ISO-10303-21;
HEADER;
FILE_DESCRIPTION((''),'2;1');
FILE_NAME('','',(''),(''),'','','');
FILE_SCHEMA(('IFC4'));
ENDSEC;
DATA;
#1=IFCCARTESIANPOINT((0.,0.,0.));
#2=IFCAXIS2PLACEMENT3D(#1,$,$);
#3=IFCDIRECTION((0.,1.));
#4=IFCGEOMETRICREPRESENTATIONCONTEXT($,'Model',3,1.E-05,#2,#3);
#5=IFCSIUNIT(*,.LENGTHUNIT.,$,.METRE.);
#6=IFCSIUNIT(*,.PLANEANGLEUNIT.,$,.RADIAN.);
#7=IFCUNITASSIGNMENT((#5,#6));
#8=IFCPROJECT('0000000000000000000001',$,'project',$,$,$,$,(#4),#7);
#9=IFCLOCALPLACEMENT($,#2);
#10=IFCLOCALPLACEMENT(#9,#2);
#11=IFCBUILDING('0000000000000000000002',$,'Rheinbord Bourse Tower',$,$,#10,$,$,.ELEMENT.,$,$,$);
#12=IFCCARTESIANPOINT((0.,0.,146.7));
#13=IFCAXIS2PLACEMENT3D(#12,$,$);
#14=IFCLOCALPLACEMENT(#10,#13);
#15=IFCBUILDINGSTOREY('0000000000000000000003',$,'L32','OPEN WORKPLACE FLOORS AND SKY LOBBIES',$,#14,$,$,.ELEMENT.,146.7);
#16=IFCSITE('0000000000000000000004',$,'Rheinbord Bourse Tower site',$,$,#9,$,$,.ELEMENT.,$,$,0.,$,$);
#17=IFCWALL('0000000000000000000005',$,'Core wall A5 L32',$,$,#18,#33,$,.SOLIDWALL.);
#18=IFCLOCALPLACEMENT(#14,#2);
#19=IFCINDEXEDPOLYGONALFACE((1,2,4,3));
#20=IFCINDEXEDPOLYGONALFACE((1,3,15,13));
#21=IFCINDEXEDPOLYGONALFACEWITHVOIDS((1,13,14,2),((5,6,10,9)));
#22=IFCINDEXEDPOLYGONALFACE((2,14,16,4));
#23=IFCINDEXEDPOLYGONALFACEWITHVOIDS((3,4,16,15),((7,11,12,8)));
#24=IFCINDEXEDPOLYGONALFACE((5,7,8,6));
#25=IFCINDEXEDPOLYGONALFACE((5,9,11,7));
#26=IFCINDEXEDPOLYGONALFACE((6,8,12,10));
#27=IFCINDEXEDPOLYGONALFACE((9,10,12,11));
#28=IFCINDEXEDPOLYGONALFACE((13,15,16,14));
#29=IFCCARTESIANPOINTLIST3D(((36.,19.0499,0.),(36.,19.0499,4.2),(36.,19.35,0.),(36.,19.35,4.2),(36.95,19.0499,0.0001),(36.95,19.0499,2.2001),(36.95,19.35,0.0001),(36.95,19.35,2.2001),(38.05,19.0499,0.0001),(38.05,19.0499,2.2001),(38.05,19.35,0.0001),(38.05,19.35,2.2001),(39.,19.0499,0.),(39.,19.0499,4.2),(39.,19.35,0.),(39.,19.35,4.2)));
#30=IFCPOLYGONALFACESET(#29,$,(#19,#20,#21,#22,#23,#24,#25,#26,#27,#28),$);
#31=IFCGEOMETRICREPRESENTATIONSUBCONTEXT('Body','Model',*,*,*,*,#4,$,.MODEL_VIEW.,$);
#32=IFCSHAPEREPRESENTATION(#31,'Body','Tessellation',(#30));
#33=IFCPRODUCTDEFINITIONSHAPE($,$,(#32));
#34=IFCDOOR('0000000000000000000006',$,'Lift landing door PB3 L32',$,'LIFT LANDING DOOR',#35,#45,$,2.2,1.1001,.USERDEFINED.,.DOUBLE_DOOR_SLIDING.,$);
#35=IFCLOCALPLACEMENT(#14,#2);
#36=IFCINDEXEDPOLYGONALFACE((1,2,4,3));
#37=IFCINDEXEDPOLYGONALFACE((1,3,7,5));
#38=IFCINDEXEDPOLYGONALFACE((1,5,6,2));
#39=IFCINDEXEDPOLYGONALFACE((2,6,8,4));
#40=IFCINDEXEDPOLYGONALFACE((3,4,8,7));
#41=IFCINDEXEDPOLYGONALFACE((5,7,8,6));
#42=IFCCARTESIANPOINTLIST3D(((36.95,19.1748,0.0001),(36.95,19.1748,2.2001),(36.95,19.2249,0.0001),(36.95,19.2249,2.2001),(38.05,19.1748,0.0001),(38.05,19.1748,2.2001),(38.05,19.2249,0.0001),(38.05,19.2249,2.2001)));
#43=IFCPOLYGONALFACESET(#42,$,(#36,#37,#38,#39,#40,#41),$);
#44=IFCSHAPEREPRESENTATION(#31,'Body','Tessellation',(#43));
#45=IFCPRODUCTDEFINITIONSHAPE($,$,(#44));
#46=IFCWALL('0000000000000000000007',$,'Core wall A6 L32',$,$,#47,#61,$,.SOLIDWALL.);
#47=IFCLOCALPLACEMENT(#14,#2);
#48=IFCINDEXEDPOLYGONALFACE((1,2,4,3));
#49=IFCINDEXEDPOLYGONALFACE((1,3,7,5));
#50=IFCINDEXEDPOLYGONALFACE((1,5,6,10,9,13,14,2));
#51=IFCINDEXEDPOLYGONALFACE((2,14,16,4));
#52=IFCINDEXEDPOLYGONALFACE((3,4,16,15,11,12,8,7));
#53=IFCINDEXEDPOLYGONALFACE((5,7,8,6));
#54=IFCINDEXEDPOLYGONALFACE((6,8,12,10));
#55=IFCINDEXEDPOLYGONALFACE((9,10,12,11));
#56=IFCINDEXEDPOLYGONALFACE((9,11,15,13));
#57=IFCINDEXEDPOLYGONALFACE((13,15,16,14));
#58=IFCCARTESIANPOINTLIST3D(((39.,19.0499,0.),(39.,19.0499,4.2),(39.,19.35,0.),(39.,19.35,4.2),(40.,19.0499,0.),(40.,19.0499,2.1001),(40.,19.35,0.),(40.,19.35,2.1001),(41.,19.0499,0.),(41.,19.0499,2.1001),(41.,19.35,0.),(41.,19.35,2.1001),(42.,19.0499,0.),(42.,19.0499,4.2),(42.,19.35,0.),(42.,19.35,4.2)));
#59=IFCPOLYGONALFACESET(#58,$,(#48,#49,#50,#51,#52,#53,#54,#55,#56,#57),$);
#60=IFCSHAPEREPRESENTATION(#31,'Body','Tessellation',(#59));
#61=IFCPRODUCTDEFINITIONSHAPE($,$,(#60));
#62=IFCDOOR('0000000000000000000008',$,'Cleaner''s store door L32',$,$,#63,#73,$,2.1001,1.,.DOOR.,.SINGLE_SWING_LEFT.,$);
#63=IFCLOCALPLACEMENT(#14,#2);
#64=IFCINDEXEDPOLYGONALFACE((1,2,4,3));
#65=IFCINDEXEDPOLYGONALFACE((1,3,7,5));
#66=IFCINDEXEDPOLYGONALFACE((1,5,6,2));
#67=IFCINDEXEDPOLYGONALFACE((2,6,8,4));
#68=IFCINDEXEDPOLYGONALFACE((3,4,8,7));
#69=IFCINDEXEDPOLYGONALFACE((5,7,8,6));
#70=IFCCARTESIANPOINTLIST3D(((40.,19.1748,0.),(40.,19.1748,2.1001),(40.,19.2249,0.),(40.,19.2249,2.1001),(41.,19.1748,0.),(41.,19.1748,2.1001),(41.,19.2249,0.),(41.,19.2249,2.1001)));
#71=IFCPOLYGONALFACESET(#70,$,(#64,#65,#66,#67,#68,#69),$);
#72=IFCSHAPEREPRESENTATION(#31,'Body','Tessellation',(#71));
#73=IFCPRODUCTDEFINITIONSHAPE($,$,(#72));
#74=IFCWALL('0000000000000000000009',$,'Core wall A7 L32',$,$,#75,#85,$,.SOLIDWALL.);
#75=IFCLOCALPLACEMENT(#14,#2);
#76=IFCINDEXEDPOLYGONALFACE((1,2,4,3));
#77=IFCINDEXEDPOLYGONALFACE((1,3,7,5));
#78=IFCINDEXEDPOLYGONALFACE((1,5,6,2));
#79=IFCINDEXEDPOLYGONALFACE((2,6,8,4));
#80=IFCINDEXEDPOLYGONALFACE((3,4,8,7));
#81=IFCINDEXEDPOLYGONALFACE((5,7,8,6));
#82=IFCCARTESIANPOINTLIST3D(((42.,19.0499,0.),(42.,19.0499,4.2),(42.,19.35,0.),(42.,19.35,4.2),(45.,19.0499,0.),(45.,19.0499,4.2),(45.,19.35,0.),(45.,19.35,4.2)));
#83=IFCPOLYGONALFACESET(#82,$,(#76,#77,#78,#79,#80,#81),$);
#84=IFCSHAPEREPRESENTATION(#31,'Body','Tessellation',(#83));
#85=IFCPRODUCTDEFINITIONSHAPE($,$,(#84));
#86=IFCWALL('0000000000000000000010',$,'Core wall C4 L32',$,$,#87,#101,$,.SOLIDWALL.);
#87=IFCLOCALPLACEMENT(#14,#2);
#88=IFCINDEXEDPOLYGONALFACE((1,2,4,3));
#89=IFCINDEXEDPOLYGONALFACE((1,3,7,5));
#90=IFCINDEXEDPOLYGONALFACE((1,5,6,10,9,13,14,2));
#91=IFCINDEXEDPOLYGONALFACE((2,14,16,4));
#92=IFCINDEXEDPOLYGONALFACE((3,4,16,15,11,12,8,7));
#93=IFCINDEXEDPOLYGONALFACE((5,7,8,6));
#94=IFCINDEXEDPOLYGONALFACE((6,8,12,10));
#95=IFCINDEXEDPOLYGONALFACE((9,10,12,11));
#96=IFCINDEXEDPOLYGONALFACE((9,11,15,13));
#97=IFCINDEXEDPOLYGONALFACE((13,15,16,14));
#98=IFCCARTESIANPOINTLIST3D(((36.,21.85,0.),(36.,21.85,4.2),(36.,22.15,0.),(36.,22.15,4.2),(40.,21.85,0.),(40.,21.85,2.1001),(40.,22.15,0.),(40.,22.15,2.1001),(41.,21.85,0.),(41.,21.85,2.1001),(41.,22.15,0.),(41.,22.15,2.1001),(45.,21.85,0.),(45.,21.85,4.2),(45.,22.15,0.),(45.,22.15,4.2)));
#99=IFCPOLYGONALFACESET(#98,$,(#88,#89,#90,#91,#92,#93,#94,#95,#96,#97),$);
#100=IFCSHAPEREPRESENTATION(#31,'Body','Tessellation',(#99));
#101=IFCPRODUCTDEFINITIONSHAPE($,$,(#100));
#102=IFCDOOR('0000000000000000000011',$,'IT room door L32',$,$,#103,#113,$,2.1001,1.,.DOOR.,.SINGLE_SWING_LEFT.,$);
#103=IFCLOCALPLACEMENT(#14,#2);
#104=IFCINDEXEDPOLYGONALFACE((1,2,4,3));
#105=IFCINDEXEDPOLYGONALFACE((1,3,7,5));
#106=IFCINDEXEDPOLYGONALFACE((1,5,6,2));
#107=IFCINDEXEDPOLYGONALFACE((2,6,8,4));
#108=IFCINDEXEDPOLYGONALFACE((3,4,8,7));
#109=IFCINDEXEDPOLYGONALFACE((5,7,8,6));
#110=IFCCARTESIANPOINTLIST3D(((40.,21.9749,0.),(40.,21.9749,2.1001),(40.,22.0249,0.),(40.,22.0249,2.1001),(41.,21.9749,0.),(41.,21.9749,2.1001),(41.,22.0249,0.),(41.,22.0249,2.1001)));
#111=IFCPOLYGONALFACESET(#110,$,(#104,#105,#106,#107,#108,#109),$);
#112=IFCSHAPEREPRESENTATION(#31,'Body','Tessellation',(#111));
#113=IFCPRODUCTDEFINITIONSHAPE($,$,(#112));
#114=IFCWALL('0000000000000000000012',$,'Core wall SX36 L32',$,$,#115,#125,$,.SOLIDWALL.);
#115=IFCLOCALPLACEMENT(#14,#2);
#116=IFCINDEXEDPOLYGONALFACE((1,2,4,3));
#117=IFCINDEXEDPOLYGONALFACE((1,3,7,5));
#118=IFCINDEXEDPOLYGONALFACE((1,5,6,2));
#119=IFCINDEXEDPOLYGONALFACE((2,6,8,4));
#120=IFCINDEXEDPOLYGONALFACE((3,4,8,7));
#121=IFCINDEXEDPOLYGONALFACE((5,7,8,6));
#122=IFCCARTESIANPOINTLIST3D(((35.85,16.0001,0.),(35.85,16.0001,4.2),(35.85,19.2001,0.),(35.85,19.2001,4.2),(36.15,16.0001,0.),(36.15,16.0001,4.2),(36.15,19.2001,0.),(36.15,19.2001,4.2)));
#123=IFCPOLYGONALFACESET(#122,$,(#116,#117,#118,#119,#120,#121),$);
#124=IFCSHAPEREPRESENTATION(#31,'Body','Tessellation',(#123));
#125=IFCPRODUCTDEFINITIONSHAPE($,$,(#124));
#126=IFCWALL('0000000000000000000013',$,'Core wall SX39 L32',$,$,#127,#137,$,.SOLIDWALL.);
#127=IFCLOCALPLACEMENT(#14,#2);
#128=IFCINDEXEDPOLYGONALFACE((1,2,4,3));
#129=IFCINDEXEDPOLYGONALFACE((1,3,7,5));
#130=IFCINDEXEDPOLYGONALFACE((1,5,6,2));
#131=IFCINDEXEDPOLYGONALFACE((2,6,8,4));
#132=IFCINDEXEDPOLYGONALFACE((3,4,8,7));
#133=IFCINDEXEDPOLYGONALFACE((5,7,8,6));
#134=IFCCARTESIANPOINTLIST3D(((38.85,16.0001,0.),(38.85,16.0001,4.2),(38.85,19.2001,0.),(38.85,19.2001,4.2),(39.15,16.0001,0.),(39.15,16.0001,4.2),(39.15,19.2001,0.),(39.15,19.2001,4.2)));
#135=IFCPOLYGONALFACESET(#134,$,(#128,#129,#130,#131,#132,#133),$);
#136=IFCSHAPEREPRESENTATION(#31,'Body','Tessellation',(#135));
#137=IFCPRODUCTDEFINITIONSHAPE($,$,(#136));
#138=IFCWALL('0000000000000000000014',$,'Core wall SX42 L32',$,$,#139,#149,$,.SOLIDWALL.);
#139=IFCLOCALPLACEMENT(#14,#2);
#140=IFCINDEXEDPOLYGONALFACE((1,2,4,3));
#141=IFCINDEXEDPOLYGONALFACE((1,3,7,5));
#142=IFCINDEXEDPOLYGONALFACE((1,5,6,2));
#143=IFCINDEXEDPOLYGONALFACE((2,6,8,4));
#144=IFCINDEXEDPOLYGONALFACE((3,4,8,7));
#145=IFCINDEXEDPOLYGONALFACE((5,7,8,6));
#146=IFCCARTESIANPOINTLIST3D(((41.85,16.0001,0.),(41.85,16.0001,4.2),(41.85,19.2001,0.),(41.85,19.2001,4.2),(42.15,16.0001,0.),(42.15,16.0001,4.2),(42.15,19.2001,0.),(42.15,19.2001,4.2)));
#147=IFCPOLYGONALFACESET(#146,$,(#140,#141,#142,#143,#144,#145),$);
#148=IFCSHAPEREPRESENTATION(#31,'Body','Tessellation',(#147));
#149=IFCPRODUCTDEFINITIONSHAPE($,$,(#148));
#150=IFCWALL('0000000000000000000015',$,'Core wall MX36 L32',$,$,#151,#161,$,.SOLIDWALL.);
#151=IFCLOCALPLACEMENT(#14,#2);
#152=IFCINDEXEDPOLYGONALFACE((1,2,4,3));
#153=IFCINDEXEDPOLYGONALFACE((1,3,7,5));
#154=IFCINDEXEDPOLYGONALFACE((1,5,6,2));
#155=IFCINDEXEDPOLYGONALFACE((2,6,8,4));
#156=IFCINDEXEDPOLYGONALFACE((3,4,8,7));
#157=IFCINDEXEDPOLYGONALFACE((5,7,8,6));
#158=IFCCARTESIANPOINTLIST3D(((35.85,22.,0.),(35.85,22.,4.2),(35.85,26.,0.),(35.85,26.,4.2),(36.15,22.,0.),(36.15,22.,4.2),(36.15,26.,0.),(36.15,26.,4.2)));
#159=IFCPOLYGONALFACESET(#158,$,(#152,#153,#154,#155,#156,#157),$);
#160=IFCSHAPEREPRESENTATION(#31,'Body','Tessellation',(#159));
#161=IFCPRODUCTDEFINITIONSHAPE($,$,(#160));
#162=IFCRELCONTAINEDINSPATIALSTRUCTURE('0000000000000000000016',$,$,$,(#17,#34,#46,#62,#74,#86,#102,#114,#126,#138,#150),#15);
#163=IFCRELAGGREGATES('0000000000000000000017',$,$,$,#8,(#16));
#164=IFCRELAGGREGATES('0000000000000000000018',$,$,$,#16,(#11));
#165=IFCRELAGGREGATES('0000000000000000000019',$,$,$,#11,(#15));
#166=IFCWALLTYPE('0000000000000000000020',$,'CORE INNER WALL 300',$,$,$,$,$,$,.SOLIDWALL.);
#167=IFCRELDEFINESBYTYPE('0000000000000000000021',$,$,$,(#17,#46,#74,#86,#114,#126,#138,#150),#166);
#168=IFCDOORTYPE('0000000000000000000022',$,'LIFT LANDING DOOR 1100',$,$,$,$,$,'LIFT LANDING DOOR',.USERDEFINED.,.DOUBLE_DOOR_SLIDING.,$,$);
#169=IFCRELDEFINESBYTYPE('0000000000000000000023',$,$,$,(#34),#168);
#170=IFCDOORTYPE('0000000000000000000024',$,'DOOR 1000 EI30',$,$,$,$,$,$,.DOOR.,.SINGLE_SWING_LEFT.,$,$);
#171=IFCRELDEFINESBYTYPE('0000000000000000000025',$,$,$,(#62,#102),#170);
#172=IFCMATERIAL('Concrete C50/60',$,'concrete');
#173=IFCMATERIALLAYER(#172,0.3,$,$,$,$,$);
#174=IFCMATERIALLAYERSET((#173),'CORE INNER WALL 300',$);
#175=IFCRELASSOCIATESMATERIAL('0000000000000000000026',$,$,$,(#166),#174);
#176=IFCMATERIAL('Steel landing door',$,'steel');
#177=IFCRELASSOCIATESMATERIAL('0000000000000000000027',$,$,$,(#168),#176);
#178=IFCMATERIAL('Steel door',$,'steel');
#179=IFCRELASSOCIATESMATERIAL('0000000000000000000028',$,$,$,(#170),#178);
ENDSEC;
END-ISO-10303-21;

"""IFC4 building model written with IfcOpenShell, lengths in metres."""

from ifc_helpers import new_model, si_unit, direction, frame, frame_2d, origin, place, context, subcontext, project, spatial, rectangle, extrude, material, layer, layer_set, type_object, element, fill, save


model = new_model("IFC4")

# Units and contexts
model_context = context("Model", 3, precision=1e-05, world=origin(), true_north=direction((0.0, 1.0)))
body_context = subcontext(model_context, "Body", "Model", "MODEL_VIEW")
ifc_project = project(units=[si_unit("LENGTHUNIT", "METRE"), si_unit("PLANEANGLEUNIT", "RADIAN")], contexts=[model_context])

# Site, building, storey
site_placement = place(None, origin())
site = spatial("IfcSite", under=ifc_project, at=site_placement, Name="Rheinbord Bourse Tower site", CompositionType="ELEMENT", RefElevation=0.0)
building_placement = place(site_placement, origin())
building = spatial("IfcBuilding", under=site, at=building_placement, Name="Rheinbord Bourse Tower", CompositionType="ELEMENT")
storey_placement = place(building_placement, frame((0.0, 0.0, 146.7)))
storey = spatial("IfcBuildingStorey", under=building, at=storey_placement, Name="L32", Description="OPEN WORKPLACE FLOORS AND SKY LOBBIES", CompositionType="ELEMENT", Elevation=146.7)

# Walls, openings, doors
ifc_material_1 = material(Name="Concrete C50/60", Category="concrete")
ifc_layer_1 = layer(ifc_material_1, 0.3)
ifc_layer_set_1 = layer_set([ifc_layer_1], Name="CORE INNER WALL 300")
wall_type_1 = type_object("IfcWallType", Name="CORE INNER WALL 300", PredefinedType="SOLIDWALL", material=ifc_layer_set_1)
wall_1_placement = place(storey_placement, frame((36.0, 19.2, 0.0), z_axis=(0.0, 0.0, 1.0), x_axis=(1.0, 0.0, 0.0)))
wall_1 = element("IfcWall", 1, at=wall_1_placement, inside=storey, type_object=wall_type_1, Name="Core wall A5 L32", PredefinedType="SOLIDWALL", context=body_context, shape_type="SweptSolid", body=[
    extrude(rectangle(XDim=3.0, YDim=0.3, at=frame_2d((1.5, 0.0))), origin(), (0.0, 0.0, 1.0), 4.2),
])
opening_1_placement = place(wall_1_placement, frame((0.95, 0.0, 0.0)))
opening_1 = element("IfcOpeningElement", 2, at=opening_1_placement, cuts=wall_1, PredefinedType="OPENING", context=body_context, shape_type="SweptSolid", body=[
    extrude(rectangle(XDim=1.1001, YDim=2.2, at=frame_2d((0.55, 1.1001))), frame((0.0, 0.1599, 0.0), z_axis=(0.0, -1.0, 0.0), x_axis=(1.0, 0.0, 0.0)), (0.0, 0.0, 1.0), 0.3201),
])
ifc_material_2 = material(Name="Steel landing door", Category="steel")
door_type_1 = type_object("IfcDoorType", Name="LIFT LANDING DOOR 1100", ElementType="LIFT LANDING DOOR", OperationType="DOUBLE_DOOR_SLIDING", PredefinedType="USERDEFINED", material=ifc_material_2)
door_1_placement = place(opening_1_placement, origin())
door_1 = element("IfcDoor", 3, at=door_1_placement, inside=storey, type_object=door_type_1, Name="Lift landing door PB3 L32", ObjectType="LIFT LANDING DOOR", OperationType="DOUBLE_DOOR_SLIDING", OverallHeight=2.2, OverallWidth=1.1001, PredefinedType="USERDEFINED", context=body_context, shape_type="SweptSolid", body=[
    extrude(rectangle(XDim=1.1001, YDim=2.2, at=frame_2d((0.55, 1.1001))), frame((0.0, 0.0249, 0.0), z_axis=(0.0, -1.0, 0.0), x_axis=(1.0, 0.0, 0.0)), (0.0, 0.0, 1.0), 0.05),
])
fill(opening_1, door_1)
wall_2_placement = place(storey_placement, frame((39.0, 19.2, 0.0), z_axis=(0.0, 0.0, 1.0), x_axis=(1.0, 0.0, 0.0)))
wall_2 = element("IfcWall", 4, at=wall_2_placement, inside=storey, type_object=wall_type_1, Name="Core wall A6 L32", PredefinedType="SOLIDWALL", context=body_context, shape_type="SweptSolid", body=[
    extrude(rectangle(XDim=3.0, YDim=0.3, at=frame_2d((1.5, 0.0))), origin(), (0.0, 0.0, 1.0), 4.2),
])
opening_2_placement = place(wall_2_placement, frame((1.0, 0.0, 0.0)))
opening_2 = element("IfcOpeningElement", 5, at=opening_2_placement, cuts=wall_2, PredefinedType="OPENING", context=body_context, shape_type="SweptSolid", body=[
    extrude(rectangle(XDim=1.0, YDim=2.1001, at=frame_2d((0.5, 1.05))), frame((0.0, 0.1599, 0.0), z_axis=(0.0, -1.0, 0.0), x_axis=(1.0, 0.0, 0.0)), (0.0, 0.0, 1.0), 0.3201),
])
ifc_material_3 = material(Name="Steel door", Category="steel")
door_type_2 = type_object("IfcDoorType", Name="DOOR 1000 EI30", OperationType="SINGLE_SWING_LEFT", PredefinedType="DOOR", material=ifc_material_3)
door_2_placement = place(opening_2_placement, origin())
door_2 = element("IfcDoor", 6, at=door_2_placement, inside=storey, type_object=door_type_2, Name="Cleaner's store door L32", OperationType="SINGLE_SWING_LEFT", OverallHeight=2.1001, OverallWidth=1.0, PredefinedType="DOOR", context=body_context, shape_type="SweptSolid", body=[
    extrude(rectangle(XDim=1.0, YDim=2.1001, at=frame_2d((0.5, 1.05))), frame((0.0, 0.0249, 0.0), z_axis=(0.0, -1.0, 0.0), x_axis=(1.0, 0.0, 0.0)), (0.0, 0.0, 1.0), 0.05),
])
fill(opening_2, door_2)

# Wall
wall_3_placement = place(storey_placement, frame((42.0, 19.2, 0.0), z_axis=(0.0, 0.0, 1.0), x_axis=(1.0, 0.0, 0.0)))
element("IfcWall", 7, at=wall_3_placement, inside=storey, type_object=wall_type_1, Name="Core wall A7 L32", PredefinedType="SOLIDWALL", context=body_context, shape_type="SweptSolid", body=[
    extrude(rectangle(XDim=3.0, YDim=0.3, at=frame_2d((1.5, 0.0))), origin(), (0.0, 0.0, 1.0), 4.2),
])

# Wall, opening, door
wall_4_placement = place(storey_placement, frame((36.0, 22.0, 0.0), z_axis=(0.0, 0.0, 1.0), x_axis=(1.0, 0.0, 0.0)))
wall_4 = element("IfcWall", 8, at=wall_4_placement, inside=storey, type_object=wall_type_1, Name="Core wall C4 L32", PredefinedType="SOLIDWALL", context=body_context, shape_type="SweptSolid", body=[
    extrude(rectangle(XDim=9.0, YDim=0.3, at=frame_2d((4.5, 0.0))), origin(), (0.0, 0.0, 1.0), 4.2),
])
opening_3_placement = place(wall_4_placement, frame((4.0, 0.0, 0.0)))
opening_3 = element("IfcOpeningElement", 9, at=opening_3_placement, cuts=wall_4, PredefinedType="OPENING", context=body_context, shape_type="SweptSolid", body=[
    extrude(rectangle(XDim=1.0, YDim=2.1001, at=frame_2d((0.5, 1.05))), frame((0.0, 0.1599, 0.0), z_axis=(0.0, -1.0, 0.0), x_axis=(1.0, 0.0, 0.0)), (0.0, 0.0, 1.0), 0.3201),
])
door_3_placement = place(opening_3_placement, origin())
door_3 = element("IfcDoor", 10, at=door_3_placement, inside=storey, type_object=door_type_2, Name="IT room door L32", OperationType="SINGLE_SWING_LEFT", OverallHeight=2.1001, OverallWidth=1.0, PredefinedType="DOOR", context=body_context, shape_type="SweptSolid", body=[
    extrude(rectangle(XDim=1.0, YDim=2.1001, at=frame_2d((0.5, 1.05))), frame((0.0, 0.0249, 0.0), z_axis=(0.0, -1.0, 0.0), x_axis=(1.0, 0.0, 0.0)), (0.0, 0.0, 1.0), 0.05),
])
fill(opening_3, door_3)

# Walls
for number, where, z_axis, x_axis, name in (
    (11, (36.0, 16.0, 0.0), (0.0, 0.0, 1.0), (0.0, 1.0, 0.0), "Core wall SX36 L32"),
    (12, (39.0, 16.0, 0.0), (0.0, 0.0, 1.0), (0.0, 1.0, 0.0), "Core wall SX39 L32"),
    (13, (42.0, 16.0, 0.0), (0.0, 0.0, 1.0), (0.0, 1.0, 0.0), "Core wall SX42 L32"),
):
    element("IfcWall", number, at=place(storey_placement, frame(where, z_axis=z_axis, x_axis=x_axis)), inside=storey, type_object=wall_type_1, Name=name, PredefinedType="SOLIDWALL", context=body_context, shape_type="SweptSolid", body=[
        extrude(rectangle(XDim=3.2, YDim=0.3, at=frame_2d((1.6001, 0.0))), origin(), (0.0, 0.0, 1.0), 4.2),
    ])
wall_5_placement = place(storey_placement, frame((36.0, 22.0, 0.0), z_axis=(0.0, 0.0, 1.0), x_axis=(0.0, 1.0, 0.0)))
element("IfcWall", 14, at=wall_5_placement, inside=storey, type_object=wall_type_1, Name="Core wall MX36 L32", PredefinedType="SOLIDWALL", context=body_context, shape_type="SweptSolid", body=[
    extrude(rectangle(XDim=4.0, YDim=0.3, at=frame_2d((2.0, 0.0))), origin(), (0.0, 0.0, 1.0), 4.2),
])

save(model, "model.ifc")
